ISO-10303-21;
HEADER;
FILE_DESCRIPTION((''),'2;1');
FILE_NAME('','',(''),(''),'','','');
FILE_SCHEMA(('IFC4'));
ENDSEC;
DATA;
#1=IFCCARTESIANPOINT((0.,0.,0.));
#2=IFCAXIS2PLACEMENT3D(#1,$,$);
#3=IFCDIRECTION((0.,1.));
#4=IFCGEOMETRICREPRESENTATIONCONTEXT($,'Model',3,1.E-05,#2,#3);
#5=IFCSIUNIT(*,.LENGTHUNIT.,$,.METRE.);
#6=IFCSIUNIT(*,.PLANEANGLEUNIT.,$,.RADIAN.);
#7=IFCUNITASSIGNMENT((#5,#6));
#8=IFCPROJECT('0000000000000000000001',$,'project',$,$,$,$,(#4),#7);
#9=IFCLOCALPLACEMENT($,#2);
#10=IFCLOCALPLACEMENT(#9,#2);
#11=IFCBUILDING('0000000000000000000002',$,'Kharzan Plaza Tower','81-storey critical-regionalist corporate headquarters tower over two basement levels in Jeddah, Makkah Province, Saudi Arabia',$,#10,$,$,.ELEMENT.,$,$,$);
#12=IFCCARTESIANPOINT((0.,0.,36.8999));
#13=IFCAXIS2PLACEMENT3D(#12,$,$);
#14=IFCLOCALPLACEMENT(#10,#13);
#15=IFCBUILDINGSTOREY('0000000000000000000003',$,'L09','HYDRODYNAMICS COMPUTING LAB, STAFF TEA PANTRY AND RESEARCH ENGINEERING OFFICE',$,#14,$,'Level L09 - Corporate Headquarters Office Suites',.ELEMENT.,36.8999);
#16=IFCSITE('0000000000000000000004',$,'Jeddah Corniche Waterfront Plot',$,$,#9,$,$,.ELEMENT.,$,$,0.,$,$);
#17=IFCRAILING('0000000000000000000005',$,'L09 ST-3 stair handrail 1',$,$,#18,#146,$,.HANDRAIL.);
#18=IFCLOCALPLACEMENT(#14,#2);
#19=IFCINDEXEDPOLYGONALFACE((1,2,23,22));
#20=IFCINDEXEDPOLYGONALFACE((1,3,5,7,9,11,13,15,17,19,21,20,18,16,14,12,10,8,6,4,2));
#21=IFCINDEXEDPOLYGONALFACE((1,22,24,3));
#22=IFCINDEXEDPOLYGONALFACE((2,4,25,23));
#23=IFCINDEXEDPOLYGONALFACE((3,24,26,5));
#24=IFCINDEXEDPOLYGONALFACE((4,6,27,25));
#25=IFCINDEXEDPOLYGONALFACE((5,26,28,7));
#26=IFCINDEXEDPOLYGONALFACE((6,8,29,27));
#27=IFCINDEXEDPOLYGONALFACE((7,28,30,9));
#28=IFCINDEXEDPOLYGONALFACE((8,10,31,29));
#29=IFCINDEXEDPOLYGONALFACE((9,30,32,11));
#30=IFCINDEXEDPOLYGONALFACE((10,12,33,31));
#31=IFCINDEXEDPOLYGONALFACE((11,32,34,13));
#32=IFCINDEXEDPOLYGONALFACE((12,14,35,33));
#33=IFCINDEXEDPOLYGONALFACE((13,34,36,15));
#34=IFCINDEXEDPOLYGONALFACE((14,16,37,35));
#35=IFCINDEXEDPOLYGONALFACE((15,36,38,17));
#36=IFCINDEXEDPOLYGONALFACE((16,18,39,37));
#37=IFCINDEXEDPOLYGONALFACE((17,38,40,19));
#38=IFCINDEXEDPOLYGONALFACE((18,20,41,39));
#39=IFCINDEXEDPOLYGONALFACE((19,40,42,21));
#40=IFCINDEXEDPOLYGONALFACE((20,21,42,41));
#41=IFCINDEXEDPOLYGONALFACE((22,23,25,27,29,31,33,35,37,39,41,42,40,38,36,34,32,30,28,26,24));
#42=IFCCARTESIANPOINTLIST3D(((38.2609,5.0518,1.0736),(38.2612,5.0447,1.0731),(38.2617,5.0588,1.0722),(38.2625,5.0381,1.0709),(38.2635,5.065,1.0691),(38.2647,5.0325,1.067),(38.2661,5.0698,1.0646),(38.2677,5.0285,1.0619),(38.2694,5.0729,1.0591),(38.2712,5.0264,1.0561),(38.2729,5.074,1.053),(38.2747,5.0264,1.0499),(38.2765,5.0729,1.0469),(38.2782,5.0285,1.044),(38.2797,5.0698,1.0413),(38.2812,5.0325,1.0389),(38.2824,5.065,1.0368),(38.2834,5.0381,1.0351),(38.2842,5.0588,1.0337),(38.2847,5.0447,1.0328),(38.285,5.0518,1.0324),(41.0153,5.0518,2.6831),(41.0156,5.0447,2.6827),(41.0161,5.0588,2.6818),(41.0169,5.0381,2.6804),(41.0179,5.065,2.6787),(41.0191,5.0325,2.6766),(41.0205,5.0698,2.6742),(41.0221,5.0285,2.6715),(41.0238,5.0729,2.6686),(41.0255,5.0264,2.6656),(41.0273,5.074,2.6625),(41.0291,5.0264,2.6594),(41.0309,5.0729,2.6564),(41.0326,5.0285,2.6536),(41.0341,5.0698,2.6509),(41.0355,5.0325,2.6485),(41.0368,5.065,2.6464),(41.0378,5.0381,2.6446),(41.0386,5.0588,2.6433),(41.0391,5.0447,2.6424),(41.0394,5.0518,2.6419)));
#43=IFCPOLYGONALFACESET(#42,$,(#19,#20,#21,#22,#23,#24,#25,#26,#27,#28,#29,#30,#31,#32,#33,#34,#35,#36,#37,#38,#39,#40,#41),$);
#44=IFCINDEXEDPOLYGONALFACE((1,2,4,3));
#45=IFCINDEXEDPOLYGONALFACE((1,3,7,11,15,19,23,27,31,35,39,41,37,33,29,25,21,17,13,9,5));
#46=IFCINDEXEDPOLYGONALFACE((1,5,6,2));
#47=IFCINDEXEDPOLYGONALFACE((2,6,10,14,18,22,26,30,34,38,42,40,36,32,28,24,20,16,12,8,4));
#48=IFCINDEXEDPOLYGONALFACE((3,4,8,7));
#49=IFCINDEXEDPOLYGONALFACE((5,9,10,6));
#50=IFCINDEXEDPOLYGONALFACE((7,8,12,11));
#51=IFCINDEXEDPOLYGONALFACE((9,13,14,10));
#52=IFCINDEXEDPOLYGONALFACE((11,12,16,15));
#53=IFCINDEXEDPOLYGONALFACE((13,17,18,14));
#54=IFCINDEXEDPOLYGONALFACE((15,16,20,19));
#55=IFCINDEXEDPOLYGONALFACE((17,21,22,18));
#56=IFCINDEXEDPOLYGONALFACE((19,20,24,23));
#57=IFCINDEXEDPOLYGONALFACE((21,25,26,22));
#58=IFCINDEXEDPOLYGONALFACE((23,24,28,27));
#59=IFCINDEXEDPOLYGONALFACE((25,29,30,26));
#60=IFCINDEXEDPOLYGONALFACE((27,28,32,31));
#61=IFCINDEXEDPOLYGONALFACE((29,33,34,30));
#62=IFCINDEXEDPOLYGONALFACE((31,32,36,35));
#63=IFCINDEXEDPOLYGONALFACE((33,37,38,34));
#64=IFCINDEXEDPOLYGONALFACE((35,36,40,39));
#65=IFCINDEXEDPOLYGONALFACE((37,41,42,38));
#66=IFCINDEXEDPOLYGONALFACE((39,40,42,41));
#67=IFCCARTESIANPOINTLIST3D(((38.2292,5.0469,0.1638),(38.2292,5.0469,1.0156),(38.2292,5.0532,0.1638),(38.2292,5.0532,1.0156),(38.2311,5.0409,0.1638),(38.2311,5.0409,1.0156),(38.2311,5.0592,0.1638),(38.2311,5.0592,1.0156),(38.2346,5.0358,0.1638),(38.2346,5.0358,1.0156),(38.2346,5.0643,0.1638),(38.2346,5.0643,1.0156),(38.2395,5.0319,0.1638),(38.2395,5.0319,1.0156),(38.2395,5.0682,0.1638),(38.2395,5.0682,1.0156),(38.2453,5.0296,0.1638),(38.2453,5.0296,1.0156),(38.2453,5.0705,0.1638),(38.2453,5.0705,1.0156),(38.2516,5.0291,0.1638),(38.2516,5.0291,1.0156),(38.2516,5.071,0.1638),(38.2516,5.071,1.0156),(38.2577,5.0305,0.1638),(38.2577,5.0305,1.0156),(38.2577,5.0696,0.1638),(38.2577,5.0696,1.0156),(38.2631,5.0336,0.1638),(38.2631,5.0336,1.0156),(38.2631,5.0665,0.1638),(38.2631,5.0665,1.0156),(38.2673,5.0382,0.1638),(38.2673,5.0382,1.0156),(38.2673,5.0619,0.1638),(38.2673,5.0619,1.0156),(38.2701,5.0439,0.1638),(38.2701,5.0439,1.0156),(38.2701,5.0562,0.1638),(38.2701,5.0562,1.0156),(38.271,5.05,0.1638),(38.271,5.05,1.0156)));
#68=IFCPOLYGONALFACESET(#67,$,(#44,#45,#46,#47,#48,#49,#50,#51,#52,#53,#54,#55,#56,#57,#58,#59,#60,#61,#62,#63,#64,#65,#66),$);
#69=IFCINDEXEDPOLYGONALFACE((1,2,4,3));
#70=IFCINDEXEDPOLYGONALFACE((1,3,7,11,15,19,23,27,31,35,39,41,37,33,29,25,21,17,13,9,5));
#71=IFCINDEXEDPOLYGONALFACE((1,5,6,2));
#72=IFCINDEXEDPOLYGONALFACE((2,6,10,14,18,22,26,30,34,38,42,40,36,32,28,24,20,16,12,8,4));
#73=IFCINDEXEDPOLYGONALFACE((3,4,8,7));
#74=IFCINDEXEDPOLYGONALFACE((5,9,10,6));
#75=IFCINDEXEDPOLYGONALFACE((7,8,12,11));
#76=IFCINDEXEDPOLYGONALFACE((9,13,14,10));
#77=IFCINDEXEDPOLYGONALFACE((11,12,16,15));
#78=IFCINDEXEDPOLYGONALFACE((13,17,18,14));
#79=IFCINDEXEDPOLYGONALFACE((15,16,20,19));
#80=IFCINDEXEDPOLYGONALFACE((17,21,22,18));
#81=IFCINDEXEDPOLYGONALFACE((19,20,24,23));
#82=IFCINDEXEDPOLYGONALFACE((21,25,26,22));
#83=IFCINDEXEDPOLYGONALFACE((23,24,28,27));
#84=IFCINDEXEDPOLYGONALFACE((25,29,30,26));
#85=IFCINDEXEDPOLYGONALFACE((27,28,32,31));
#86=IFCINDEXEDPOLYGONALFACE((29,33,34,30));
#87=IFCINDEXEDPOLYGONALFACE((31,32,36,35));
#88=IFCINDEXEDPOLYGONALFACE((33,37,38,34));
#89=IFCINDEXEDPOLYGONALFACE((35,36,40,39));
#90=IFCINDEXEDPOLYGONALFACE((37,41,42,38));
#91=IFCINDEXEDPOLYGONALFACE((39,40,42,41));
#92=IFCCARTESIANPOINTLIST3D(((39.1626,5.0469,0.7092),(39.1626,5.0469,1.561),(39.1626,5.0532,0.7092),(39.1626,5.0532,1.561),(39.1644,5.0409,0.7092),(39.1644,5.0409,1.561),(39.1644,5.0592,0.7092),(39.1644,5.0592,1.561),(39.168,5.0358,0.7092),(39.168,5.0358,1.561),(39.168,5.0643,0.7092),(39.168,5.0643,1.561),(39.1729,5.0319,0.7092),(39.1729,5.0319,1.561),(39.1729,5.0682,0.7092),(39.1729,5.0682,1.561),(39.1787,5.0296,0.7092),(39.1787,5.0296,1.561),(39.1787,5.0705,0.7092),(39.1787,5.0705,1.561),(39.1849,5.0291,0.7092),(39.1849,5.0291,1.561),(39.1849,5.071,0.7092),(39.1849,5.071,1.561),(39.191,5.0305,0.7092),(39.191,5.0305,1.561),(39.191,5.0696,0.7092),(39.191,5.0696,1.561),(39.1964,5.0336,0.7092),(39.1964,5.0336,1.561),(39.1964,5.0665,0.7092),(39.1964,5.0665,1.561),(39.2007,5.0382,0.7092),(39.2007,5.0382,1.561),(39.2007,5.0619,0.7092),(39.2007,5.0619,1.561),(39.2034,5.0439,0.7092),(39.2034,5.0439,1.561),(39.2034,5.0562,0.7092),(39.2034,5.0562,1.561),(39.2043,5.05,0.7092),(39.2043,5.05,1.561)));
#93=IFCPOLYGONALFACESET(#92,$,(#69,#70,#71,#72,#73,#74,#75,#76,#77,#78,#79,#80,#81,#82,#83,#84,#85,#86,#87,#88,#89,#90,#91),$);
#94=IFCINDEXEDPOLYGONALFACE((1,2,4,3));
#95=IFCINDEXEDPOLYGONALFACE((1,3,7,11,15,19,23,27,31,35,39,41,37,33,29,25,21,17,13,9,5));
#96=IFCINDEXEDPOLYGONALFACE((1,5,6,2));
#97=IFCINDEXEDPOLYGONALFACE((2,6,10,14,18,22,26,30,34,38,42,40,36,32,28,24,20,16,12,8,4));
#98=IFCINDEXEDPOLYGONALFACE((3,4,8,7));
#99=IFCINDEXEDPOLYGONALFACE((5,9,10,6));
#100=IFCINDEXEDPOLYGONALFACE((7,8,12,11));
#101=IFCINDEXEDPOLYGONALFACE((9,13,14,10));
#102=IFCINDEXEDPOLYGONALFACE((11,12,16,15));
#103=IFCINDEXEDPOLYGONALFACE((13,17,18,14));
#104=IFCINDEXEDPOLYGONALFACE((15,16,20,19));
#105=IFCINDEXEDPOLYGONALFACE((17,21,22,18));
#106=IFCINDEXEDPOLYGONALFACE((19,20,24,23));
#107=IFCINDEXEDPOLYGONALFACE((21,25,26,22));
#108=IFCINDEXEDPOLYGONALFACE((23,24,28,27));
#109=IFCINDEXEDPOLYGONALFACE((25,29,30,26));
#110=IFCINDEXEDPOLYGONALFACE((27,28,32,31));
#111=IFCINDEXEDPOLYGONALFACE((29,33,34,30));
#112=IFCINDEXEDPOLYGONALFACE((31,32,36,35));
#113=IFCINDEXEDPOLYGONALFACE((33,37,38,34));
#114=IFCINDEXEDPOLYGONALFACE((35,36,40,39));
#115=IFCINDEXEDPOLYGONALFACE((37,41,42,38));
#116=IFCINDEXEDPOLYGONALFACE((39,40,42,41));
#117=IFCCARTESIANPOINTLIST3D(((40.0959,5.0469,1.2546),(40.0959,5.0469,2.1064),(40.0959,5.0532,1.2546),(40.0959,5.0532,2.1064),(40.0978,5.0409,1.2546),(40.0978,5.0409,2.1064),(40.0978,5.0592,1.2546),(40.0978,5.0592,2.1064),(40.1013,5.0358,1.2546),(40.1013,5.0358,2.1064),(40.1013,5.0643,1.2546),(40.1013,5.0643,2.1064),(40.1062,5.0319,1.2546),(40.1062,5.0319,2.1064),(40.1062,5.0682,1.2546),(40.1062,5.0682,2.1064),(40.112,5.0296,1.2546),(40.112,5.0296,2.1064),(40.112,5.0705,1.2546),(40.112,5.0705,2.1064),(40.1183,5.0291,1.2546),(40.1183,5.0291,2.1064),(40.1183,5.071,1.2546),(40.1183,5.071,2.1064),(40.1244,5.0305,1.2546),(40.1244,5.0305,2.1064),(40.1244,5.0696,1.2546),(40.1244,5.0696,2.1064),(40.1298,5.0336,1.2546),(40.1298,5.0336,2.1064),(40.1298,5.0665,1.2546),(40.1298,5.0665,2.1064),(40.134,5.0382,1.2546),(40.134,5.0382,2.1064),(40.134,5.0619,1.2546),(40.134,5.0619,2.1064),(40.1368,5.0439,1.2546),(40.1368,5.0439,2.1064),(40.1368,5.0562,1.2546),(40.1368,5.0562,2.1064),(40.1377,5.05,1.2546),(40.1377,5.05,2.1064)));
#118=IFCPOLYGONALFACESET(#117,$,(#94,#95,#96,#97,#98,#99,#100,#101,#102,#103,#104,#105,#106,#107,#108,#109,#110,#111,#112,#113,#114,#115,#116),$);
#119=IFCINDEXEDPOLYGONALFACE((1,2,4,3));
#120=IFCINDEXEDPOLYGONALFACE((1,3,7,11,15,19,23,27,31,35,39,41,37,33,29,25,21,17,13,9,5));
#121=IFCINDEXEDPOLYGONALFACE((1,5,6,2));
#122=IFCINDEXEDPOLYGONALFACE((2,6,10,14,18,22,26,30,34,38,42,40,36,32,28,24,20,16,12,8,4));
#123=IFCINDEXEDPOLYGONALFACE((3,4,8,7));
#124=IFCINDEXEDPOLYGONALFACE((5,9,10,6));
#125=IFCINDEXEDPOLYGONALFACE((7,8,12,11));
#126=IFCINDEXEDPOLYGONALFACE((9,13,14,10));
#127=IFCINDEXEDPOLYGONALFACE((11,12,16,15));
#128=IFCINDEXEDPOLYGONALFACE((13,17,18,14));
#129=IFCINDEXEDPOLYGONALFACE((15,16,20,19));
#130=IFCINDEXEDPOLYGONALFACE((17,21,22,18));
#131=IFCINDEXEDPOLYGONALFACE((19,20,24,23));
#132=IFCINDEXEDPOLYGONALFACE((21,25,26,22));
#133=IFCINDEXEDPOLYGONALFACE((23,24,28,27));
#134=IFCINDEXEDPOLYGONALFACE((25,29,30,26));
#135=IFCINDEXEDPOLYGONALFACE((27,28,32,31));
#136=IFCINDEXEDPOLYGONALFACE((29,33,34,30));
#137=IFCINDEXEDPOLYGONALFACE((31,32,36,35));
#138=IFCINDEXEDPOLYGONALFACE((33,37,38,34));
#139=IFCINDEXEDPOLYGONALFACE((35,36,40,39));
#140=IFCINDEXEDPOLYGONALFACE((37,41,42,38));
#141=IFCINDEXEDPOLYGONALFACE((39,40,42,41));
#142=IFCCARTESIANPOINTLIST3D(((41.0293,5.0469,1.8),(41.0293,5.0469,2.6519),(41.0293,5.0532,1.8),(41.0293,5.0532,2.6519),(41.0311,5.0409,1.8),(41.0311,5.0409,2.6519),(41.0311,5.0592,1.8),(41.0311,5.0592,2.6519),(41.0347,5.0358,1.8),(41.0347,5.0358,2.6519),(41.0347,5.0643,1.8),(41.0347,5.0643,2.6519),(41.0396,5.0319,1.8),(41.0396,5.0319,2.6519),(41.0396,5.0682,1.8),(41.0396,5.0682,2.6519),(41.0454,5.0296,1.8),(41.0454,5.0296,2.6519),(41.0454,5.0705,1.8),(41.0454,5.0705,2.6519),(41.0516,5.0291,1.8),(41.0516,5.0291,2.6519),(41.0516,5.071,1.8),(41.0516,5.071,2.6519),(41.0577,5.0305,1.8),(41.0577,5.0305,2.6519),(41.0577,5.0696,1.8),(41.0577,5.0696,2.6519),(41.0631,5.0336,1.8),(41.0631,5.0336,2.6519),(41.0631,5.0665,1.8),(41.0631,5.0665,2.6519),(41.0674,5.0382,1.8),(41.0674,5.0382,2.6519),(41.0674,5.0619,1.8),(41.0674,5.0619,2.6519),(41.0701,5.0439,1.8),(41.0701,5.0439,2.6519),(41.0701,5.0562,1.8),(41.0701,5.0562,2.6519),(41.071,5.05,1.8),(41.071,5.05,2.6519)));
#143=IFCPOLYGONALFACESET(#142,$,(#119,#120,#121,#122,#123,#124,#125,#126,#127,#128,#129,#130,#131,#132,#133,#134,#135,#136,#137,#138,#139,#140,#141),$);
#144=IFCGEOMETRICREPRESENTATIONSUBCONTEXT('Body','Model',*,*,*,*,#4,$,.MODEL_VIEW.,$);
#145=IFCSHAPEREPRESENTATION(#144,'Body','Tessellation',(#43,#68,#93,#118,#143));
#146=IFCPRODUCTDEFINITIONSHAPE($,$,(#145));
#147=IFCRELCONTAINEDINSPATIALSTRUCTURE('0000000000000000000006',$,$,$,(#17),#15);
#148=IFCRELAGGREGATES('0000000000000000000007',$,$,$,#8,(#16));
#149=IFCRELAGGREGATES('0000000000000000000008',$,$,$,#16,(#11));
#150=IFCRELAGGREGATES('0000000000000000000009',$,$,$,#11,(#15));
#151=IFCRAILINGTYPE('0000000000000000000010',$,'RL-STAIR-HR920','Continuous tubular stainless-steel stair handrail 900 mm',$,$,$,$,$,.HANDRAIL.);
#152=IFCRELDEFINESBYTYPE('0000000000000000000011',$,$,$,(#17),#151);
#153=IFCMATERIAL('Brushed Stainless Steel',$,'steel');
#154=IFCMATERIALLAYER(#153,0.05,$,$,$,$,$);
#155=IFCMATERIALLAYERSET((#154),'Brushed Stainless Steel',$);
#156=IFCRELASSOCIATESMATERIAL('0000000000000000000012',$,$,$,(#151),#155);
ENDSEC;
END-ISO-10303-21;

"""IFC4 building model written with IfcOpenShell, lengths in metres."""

from ifc_helpers import new_model, si_unit, direction, frame, origin, origin_2d, place, context, subcontext, project, spatial, circle, extrude, source, transform, mapped, material, layer, layer_set, type_object, element, save


model = new_model("IFC4")

# Units and contexts
model_context = context("Model", 3, precision=1e-05, world=origin(), true_north=direction((0.0, 1.0)))
body_context = subcontext(model_context, "Body", "Model", "MODEL_VIEW")
ifc_project = project(units=[si_unit("LENGTHUNIT", "METRE"), si_unit("PLANEANGLEUNIT", "RADIAN")], contexts=[model_context])

# Site, building, storey
site_placement = place(None, origin())
site = spatial("IfcSite", under=ifc_project, at=site_placement, Name="Jeddah Corniche Waterfront Plot", CompositionType="ELEMENT", RefElevation=0.0)
building_placement = place(site_placement, origin())
building = spatial("IfcBuilding", under=site, at=building_placement, Name="Kharzan Plaza Tower", Description="81-storey critical-regionalist corporate headquarters tower over two basement levels in Jeddah, Makkah Province, Saudi Arabia", CompositionType="ELEMENT")
storey_placement = place(building_placement, frame((0.0, 0.0, 36.8999)))
storey = spatial("IfcBuildingStorey", under=building, at=storey_placement, Name="L09", Description="HYDRODYNAMICS COMPUTING LAB, STAFF TEA PANTRY AND RESEARCH ENGINEERING OFFICE", LongName="Level L09 - Corporate Headquarters Office Suites", CompositionType="ELEMENT", Elevation=36.8999)

# Shared definitions
ifc_material_1 = material(Name="Brushed Stainless Steel", Category="steel")

# Railing
ifc_layer_1 = layer(ifc_material_1, 0.05)
ifc_layer_set_1 = layer_set([ifc_layer_1], Name="Brushed Stainless Steel")
railing_type_1 = type_object("IfcRailingType", Name="RL-STAIR-HR920", Description="Continuous tubular stainless-steel stair handrail 900 mm", PredefinedType="HANDRAIL", material=ifc_layer_set_1)
shared_shape_1 = source(origin(), body_context, "Body", "SweptSolid", [
    extrude(circle(Radius=0.0239, at=origin_2d()), frame((0.0229, 0.0, 0.8892), z_axis=(0.863394, 0.0, 0.504531), x_axis=(0.0, 1.0, 0.0)), (0.0, 0.0, 1.0), 3.1902),
    extrude(circle(Radius=0.021, at=origin_2d()), origin(), (0.0, 0.0, 1.0), 0.8518),
    extrude(circle(Radius=0.021, at=origin_2d()), frame((0.9333, 0.0, 0.5454)), (0.0, 0.0, 1.0), 0.8518),
    extrude(circle(Radius=0.021, at=origin_2d()), frame((1.8667, 0.0, 1.0908)), (0.0, 0.0, 1.0), 0.8518),
    extrude(circle(Radius=0.021, at=origin_2d()), frame((2.8, 0.0, 1.6362)), (0.0, 0.0, 1.0), 0.8518),
])
railing_1_placement = place(storey_placement, frame((38.25, 5.05, 0.1638)))
element("IfcRailing", 1, at=railing_1_placement, inside=storey, type_object=railing_type_1, Name="L09 ST-3 stair handrail 1", PredefinedType="HANDRAIL", context=body_context, shape_type="MappedRepresentation", body=[
    mapped(shared_shape_1, transform((0.0, 0.0, 0.0), x_axis=(1.0, 0.0, 0.0), y_axis=(0.0, 1.0, 0.0), z_axis=(0.0, 0.0, 1.0))),
])

save(model, "model.ifc")
